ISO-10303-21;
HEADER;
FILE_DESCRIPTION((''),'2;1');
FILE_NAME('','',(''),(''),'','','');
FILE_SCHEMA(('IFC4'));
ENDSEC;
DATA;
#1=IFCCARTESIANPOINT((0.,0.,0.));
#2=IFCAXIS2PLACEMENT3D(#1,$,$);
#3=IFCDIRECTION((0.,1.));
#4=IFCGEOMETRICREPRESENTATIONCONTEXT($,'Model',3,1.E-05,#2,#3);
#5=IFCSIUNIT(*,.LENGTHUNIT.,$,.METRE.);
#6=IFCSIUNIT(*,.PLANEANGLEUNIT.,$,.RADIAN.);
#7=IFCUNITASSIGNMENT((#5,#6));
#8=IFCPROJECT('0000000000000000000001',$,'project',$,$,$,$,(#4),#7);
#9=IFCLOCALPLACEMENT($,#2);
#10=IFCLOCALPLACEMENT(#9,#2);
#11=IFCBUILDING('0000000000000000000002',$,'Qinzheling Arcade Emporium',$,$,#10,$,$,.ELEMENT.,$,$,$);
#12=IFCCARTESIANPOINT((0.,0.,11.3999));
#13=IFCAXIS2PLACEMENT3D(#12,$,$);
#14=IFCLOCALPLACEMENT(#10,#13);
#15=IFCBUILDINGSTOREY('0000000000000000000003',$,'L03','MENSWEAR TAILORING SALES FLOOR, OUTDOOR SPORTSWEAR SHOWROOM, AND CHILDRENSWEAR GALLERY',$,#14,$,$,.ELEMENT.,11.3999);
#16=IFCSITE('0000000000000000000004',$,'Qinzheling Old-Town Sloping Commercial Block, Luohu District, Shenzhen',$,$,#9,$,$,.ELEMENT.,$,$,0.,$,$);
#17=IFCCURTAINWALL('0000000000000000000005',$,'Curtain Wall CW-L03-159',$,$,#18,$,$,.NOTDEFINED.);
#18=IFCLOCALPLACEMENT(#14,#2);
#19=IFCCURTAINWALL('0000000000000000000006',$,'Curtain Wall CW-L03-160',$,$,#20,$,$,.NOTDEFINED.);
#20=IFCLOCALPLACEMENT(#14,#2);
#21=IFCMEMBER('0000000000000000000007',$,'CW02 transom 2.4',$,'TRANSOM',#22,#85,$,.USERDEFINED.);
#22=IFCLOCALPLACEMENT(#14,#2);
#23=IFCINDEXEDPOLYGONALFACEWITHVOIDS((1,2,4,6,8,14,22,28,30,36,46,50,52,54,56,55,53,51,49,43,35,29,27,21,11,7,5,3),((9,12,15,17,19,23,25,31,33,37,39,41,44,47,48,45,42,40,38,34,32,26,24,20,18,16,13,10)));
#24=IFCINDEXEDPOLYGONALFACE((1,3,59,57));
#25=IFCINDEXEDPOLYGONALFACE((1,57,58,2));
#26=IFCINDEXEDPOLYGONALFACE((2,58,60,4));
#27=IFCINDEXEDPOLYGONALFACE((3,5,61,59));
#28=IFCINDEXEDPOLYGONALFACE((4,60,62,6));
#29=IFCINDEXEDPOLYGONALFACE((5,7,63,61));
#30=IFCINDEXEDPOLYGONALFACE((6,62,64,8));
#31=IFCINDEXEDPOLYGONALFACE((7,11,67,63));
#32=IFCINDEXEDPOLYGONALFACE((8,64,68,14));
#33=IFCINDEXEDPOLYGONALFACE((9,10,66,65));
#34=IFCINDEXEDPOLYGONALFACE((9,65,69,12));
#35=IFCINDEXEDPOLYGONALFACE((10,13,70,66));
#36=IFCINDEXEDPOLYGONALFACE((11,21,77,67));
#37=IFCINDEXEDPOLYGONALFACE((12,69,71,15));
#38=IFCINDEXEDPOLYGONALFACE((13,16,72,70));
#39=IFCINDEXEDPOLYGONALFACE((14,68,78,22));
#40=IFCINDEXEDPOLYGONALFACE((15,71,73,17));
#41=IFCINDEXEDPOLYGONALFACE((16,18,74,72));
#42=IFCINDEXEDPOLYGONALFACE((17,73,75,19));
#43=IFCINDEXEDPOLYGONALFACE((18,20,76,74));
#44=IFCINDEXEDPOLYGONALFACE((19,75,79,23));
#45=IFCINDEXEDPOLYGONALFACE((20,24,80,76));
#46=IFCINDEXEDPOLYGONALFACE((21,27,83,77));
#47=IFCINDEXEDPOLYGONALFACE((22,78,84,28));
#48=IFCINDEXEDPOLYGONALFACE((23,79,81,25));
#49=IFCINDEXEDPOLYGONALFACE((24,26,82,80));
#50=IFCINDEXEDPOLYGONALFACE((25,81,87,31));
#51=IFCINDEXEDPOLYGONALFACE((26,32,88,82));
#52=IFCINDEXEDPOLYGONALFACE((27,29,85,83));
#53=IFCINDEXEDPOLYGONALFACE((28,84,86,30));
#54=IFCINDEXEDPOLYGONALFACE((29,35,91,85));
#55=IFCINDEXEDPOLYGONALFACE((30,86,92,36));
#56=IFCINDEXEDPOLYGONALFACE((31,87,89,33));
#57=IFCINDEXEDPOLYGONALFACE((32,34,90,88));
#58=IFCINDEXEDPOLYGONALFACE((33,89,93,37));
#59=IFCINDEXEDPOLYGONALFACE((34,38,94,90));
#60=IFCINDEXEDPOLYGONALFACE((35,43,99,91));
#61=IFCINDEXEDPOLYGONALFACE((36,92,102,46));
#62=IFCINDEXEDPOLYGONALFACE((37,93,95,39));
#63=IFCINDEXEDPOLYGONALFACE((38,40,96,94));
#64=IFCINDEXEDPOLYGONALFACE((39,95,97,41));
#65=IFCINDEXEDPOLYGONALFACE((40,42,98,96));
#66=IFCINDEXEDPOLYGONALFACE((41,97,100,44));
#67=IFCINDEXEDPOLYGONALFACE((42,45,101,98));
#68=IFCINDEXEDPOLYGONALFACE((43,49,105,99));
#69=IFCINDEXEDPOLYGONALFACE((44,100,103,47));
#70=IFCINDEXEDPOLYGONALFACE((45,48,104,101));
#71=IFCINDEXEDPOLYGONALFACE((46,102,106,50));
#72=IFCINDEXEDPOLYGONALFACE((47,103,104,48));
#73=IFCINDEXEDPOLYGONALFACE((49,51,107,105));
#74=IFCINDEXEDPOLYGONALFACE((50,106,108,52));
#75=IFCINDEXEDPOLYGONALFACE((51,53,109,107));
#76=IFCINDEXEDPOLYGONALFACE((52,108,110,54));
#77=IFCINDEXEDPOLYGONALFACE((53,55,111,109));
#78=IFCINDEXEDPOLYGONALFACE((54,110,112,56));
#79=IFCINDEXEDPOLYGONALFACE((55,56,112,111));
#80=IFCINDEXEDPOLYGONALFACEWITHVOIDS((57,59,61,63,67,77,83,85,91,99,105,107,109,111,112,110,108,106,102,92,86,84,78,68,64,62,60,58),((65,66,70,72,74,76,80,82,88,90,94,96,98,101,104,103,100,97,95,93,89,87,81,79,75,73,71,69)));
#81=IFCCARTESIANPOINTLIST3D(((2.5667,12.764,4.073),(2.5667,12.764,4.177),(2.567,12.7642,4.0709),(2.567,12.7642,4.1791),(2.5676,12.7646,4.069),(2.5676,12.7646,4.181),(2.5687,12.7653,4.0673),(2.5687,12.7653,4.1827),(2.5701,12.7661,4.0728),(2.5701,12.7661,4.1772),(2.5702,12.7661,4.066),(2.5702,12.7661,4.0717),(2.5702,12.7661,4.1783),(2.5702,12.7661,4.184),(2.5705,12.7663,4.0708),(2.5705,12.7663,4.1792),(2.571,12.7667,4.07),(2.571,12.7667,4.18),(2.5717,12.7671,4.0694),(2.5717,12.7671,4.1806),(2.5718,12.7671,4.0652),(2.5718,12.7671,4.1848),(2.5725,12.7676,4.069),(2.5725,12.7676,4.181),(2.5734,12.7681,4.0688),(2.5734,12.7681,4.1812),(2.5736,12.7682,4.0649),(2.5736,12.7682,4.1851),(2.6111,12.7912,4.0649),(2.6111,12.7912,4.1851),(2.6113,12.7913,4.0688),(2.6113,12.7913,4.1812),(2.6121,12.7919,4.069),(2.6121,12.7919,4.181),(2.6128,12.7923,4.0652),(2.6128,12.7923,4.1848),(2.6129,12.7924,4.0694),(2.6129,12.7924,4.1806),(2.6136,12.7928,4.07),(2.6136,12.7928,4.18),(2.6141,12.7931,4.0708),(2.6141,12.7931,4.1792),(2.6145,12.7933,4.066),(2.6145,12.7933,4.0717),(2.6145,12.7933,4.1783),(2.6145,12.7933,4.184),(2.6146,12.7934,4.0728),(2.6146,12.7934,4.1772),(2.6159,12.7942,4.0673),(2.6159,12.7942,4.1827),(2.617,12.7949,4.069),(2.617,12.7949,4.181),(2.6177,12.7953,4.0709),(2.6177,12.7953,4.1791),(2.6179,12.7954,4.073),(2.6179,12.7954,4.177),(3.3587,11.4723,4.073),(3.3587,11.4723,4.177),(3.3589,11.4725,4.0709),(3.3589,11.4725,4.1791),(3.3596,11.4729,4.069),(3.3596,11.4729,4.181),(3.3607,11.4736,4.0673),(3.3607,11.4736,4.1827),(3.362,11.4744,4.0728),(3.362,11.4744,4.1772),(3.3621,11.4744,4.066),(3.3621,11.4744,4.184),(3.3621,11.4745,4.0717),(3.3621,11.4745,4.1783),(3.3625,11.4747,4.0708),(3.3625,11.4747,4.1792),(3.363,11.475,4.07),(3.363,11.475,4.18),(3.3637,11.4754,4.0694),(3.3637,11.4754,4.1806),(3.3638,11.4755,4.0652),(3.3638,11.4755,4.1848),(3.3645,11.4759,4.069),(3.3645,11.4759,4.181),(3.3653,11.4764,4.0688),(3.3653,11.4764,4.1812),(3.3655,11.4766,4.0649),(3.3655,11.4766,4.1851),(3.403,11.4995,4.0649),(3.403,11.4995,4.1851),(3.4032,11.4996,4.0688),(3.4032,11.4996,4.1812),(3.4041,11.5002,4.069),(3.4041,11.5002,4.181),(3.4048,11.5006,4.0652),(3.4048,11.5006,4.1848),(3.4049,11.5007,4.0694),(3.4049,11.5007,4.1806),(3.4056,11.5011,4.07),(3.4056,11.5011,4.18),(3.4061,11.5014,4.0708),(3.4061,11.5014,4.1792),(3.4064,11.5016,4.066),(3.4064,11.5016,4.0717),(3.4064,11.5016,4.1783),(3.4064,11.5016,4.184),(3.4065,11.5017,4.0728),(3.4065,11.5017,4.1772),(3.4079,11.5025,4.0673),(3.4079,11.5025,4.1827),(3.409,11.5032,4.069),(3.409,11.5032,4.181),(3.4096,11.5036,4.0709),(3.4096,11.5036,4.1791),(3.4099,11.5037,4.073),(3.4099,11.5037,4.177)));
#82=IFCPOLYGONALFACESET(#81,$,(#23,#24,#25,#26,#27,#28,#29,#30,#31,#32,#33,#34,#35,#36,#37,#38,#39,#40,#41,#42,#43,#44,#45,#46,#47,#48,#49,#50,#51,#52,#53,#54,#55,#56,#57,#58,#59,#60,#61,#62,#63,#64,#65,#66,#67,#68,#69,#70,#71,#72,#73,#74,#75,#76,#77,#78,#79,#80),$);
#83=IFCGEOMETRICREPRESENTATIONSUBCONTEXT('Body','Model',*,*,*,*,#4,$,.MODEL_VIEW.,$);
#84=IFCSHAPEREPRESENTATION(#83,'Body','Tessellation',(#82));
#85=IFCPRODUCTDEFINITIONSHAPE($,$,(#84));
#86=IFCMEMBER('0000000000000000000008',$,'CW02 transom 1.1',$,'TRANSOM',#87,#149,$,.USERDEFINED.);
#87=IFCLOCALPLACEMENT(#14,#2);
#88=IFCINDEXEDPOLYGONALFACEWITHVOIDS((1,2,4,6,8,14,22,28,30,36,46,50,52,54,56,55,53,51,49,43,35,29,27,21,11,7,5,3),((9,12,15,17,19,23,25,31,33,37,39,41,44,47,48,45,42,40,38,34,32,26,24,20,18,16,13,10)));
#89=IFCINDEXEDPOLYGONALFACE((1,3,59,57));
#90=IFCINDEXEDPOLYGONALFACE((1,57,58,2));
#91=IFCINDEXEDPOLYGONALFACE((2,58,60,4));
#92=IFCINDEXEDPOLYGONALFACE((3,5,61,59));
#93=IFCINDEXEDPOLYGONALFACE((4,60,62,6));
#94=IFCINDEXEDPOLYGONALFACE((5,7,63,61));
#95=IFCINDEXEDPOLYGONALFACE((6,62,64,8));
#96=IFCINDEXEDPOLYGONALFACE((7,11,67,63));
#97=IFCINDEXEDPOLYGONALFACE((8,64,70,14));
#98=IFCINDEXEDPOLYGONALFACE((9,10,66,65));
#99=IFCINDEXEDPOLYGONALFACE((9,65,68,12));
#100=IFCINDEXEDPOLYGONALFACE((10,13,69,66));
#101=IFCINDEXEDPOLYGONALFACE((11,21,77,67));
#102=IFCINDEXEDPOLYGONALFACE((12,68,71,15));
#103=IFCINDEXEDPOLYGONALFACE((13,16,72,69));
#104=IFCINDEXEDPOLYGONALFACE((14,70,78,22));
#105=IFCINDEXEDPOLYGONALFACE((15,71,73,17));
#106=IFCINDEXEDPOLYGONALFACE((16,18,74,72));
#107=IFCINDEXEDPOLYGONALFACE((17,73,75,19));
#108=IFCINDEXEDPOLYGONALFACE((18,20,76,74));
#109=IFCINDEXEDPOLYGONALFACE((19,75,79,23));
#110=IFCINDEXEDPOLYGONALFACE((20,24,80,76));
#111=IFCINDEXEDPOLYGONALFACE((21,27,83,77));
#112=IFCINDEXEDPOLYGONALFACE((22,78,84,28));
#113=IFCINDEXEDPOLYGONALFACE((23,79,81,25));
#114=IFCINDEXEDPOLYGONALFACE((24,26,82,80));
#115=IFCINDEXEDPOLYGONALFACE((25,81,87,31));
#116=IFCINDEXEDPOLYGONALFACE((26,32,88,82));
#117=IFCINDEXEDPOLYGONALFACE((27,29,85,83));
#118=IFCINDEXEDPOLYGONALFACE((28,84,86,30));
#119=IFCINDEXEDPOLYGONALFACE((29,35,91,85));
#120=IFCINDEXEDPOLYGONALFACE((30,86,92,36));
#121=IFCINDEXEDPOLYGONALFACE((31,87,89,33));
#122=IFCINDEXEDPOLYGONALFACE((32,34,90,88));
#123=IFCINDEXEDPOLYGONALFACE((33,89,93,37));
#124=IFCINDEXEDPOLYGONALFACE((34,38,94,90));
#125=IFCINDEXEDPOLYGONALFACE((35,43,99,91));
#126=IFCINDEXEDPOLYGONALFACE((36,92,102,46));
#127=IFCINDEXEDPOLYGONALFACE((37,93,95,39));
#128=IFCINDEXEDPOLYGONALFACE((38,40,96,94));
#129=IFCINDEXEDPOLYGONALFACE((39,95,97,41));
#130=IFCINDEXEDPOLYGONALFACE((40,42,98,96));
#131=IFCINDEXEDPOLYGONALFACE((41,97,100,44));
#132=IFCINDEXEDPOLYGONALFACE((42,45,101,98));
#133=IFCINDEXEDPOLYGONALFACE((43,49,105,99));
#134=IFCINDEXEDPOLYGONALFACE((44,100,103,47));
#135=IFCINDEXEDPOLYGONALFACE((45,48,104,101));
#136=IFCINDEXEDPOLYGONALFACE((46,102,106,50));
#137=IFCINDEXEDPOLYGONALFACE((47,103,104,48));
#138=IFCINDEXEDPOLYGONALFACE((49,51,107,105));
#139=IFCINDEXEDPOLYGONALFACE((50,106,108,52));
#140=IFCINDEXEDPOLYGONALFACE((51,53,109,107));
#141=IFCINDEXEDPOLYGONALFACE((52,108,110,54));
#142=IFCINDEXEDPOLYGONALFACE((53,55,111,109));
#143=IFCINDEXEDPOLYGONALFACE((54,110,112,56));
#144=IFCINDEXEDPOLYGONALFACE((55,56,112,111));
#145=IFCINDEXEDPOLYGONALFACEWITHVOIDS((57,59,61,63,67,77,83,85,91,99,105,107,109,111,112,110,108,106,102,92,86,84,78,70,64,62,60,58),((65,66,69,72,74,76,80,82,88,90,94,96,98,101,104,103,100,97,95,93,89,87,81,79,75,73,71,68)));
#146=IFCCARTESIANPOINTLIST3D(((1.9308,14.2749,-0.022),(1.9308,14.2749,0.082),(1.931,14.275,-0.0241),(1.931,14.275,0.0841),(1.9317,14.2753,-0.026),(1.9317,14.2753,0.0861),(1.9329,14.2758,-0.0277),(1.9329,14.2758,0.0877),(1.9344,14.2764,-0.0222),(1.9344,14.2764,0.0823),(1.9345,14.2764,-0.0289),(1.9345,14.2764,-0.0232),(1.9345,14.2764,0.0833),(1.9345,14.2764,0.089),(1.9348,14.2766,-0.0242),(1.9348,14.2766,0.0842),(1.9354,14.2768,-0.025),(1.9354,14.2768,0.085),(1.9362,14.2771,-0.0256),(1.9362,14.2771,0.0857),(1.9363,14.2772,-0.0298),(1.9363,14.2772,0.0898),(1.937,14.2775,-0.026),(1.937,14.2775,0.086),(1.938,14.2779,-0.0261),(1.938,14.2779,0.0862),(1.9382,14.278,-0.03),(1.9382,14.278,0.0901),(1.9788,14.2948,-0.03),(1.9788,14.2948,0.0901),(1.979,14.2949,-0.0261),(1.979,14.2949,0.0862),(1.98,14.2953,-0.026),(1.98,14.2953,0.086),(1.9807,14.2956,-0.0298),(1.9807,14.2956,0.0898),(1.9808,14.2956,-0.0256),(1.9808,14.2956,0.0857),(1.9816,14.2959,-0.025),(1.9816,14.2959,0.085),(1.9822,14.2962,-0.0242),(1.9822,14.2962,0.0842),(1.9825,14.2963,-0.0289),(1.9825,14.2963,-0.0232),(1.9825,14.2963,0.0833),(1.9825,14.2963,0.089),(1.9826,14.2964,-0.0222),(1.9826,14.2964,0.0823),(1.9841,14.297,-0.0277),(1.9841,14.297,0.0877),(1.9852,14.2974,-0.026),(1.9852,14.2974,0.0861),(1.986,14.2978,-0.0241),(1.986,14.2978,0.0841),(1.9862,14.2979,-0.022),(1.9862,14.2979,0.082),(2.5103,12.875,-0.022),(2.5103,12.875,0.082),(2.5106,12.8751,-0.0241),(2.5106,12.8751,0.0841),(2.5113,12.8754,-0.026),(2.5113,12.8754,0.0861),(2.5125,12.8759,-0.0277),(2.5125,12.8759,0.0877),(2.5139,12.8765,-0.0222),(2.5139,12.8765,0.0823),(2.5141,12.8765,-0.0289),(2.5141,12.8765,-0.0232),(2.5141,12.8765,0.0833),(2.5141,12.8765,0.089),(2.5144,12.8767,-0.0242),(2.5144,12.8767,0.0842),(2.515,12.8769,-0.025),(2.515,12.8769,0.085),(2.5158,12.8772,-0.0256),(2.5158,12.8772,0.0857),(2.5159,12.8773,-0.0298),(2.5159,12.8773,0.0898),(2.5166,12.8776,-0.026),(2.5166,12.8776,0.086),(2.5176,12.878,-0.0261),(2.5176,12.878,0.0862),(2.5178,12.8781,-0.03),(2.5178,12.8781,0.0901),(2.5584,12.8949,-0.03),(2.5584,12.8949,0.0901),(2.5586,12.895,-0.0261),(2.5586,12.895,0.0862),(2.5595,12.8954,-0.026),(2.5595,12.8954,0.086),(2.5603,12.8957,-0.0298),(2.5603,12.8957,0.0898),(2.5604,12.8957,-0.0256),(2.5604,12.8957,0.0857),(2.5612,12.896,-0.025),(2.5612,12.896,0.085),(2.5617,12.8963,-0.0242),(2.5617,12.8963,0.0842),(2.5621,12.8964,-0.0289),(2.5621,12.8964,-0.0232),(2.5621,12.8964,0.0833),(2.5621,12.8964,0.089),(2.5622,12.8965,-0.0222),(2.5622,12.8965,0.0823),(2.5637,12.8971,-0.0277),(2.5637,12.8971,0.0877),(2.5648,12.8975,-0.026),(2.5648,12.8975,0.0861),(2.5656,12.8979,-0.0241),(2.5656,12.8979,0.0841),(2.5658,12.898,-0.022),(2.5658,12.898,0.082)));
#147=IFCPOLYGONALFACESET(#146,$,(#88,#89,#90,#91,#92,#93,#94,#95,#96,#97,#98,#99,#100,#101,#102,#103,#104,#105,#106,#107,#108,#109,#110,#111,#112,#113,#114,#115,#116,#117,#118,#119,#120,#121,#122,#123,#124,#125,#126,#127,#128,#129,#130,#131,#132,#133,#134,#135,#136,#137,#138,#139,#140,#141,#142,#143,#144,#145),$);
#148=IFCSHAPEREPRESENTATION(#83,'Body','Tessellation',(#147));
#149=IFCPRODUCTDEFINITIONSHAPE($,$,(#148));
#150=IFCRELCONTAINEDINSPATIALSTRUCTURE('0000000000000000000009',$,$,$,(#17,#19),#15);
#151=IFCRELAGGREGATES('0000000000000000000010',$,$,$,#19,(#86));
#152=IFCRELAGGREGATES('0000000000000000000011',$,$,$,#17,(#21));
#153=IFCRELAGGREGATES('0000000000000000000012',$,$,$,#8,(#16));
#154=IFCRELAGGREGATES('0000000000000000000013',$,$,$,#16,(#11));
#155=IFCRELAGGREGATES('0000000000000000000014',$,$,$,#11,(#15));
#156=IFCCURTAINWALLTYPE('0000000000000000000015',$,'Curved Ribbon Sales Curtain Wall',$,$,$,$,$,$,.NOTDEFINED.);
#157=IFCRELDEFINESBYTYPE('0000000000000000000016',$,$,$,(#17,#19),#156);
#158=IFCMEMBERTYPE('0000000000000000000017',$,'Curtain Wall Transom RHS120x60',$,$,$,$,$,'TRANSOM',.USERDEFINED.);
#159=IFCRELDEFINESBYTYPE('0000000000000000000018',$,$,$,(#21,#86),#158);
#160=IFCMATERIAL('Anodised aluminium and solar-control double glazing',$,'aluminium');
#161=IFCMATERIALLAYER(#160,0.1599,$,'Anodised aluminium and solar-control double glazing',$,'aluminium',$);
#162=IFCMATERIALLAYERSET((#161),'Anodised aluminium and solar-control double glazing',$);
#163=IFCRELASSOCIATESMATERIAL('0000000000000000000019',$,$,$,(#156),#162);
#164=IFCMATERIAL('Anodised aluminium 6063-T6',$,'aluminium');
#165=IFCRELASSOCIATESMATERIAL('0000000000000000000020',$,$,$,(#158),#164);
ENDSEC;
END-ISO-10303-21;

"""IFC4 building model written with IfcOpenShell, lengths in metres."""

from ifc_helpers import new_model, si_unit, direction, frame, origin, origin_2d, place, context, subcontext, project, spatial, hollow_rectangle, extrude, material, layer, layer_set, material_profile, profile_set, type_object, element, aggregate, save


model = new_model("IFC4")

# Units and contexts
model_context = context("Model", 3, precision=1e-05, world=origin(), true_north=direction((0.0, 1.0)))
body_context = subcontext(model_context, "Body", "Model", "MODEL_VIEW")
ifc_project = project(units=[si_unit("LENGTHUNIT", "METRE"), si_unit("PLANEANGLEUNIT", "RADIAN")], contexts=[model_context])

# Site, building, storey
site_placement = place(None, origin())
site = spatial("IfcSite", under=ifc_project, at=site_placement, Name="Qinzheling Old-Town Sloping Commercial Block, Luohu District, Shenzhen", CompositionType="ELEMENT", RefElevation=0.0)
building_placement = place(site_placement, origin())
building = spatial("IfcBuilding", under=site, at=building_placement, Name="Qinzheling Arcade Emporium", CompositionType="ELEMENT")
storey_placement = place(building_placement, frame((0.0, 0.0, 11.3999)))
storey = spatial("IfcBuildingStorey", under=building, at=storey_placement, Name="L03", Description="MENSWEAR TAILORING SALES FLOOR, OUTDOOR SPORTSWEAR SHOWROOM, AND CHILDRENSWEAR GALLERY", CompositionType="ELEMENT", Elevation=11.3999)

# Curtain wall
ifc_material_1 = material(Name="Anodised aluminium and solar-control double glazing", Category="aluminium")
ifc_layer_1 = layer(ifc_material_1, 0.1599, Name="Anodised aluminium and solar-control double glazing", Category="aluminium")
ifc_layer_set_1 = layer_set([ifc_layer_1], Name="Anodised aluminium and solar-control double glazing")
curtain_wall_type = type_object("IfcCurtainWallType", Name="Curved Ribbon Sales Curtain Wall", PredefinedType="NOTDEFINED", material=ifc_layer_set_1)
ifc_material_2 = material(Name="Anodised aluminium 6063-T6", Category="aluminium")
curtain_wall_1_placement = place(storey_placement, origin())
curtain_wall_1 = element("IfcCurtainWall", 1, at=curtain_wall_1_placement, inside=storey, type_object=curtain_wall_type, Name="Curtain Wall CW-L03-159", PredefinedType="NOTDEFINED")

# Curtain wall
curtain_wall_2_placement = place(storey_placement, origin())
curtain_wall_2 = element("IfcCurtainWall", 2, at=curtain_wall_2_placement, inside=storey, type_object=curtain_wall_type, Name="Curtain Wall CW-L03-160", PredefinedType="NOTDEFINED")

# Members
ifc_material_profile_1 = material_profile(ifc_material_2, hollow_rectangle(XDim=0.0601, YDim=0.1201, WallThickness=0.0039, InnerFilletRadius=0.0039, OuterFilletRadius=0.0081, at=origin_2d()), Name="RHS 120x60x4", Category="aluminium")
ifc_profile_set_1 = profile_set([ifc_material_profile_1], Name="Anodised aluminium 6063-T6")
member_type_1 = type_object("IfcMemberType", Name="Curtain Wall Transom RHS120x60", ElementType="TRANSOM", PredefinedType="USERDEFINED", material=ifc_profile_set_1)
member_1_placement = place(storey_placement, frame((3.3843, 11.488, 4.125), z_axis=(-0.522694, 0.85252, 0.0), x_axis=(-0.85252, -0.522694, 0.0)))
member_1 = element("IfcMember", 3, at=member_1_placement, type_object=member_type_1, Name="CW02 transom 2.4", ObjectType="TRANSOM", PredefinedType="USERDEFINED", context=body_context, shape_type="SweptSolid", body=[
    extrude(hollow_rectangle(XDim=0.0601, YDim=0.1201, WallThickness=0.0039, InnerFilletRadius=0.0039, OuterFilletRadius=0.0081, at=origin_2d()), origin(), (0.0, 0.0, 1.0), 1.5151),
])
member_2_placement = place(storey_placement, frame((2.5381, 12.8865, 0.03), z_axis=(-0.382532, 0.923942, 0.0), x_axis=(-0.923942, -0.382532, 0.0)))
member_2 = element("IfcMember", 4, at=member_2_placement, type_object=member_type_1, Name="CW02 transom 1.1", ObjectType="TRANSOM", PredefinedType="USERDEFINED", context=body_context, shape_type="SweptSolid", body=[
    extrude(hollow_rectangle(XDim=0.0601, YDim=0.1201, WallThickness=0.0039, InnerFilletRadius=0.0039, OuterFilletRadius=0.0081, at=origin_2d()), origin(), (0.0, 0.0, 1.0), 1.5151),
])
aggregate(curtain_wall_2, [member_2])

aggregate(curtain_wall_1, [member_1])

save(model, "model.ifc")
